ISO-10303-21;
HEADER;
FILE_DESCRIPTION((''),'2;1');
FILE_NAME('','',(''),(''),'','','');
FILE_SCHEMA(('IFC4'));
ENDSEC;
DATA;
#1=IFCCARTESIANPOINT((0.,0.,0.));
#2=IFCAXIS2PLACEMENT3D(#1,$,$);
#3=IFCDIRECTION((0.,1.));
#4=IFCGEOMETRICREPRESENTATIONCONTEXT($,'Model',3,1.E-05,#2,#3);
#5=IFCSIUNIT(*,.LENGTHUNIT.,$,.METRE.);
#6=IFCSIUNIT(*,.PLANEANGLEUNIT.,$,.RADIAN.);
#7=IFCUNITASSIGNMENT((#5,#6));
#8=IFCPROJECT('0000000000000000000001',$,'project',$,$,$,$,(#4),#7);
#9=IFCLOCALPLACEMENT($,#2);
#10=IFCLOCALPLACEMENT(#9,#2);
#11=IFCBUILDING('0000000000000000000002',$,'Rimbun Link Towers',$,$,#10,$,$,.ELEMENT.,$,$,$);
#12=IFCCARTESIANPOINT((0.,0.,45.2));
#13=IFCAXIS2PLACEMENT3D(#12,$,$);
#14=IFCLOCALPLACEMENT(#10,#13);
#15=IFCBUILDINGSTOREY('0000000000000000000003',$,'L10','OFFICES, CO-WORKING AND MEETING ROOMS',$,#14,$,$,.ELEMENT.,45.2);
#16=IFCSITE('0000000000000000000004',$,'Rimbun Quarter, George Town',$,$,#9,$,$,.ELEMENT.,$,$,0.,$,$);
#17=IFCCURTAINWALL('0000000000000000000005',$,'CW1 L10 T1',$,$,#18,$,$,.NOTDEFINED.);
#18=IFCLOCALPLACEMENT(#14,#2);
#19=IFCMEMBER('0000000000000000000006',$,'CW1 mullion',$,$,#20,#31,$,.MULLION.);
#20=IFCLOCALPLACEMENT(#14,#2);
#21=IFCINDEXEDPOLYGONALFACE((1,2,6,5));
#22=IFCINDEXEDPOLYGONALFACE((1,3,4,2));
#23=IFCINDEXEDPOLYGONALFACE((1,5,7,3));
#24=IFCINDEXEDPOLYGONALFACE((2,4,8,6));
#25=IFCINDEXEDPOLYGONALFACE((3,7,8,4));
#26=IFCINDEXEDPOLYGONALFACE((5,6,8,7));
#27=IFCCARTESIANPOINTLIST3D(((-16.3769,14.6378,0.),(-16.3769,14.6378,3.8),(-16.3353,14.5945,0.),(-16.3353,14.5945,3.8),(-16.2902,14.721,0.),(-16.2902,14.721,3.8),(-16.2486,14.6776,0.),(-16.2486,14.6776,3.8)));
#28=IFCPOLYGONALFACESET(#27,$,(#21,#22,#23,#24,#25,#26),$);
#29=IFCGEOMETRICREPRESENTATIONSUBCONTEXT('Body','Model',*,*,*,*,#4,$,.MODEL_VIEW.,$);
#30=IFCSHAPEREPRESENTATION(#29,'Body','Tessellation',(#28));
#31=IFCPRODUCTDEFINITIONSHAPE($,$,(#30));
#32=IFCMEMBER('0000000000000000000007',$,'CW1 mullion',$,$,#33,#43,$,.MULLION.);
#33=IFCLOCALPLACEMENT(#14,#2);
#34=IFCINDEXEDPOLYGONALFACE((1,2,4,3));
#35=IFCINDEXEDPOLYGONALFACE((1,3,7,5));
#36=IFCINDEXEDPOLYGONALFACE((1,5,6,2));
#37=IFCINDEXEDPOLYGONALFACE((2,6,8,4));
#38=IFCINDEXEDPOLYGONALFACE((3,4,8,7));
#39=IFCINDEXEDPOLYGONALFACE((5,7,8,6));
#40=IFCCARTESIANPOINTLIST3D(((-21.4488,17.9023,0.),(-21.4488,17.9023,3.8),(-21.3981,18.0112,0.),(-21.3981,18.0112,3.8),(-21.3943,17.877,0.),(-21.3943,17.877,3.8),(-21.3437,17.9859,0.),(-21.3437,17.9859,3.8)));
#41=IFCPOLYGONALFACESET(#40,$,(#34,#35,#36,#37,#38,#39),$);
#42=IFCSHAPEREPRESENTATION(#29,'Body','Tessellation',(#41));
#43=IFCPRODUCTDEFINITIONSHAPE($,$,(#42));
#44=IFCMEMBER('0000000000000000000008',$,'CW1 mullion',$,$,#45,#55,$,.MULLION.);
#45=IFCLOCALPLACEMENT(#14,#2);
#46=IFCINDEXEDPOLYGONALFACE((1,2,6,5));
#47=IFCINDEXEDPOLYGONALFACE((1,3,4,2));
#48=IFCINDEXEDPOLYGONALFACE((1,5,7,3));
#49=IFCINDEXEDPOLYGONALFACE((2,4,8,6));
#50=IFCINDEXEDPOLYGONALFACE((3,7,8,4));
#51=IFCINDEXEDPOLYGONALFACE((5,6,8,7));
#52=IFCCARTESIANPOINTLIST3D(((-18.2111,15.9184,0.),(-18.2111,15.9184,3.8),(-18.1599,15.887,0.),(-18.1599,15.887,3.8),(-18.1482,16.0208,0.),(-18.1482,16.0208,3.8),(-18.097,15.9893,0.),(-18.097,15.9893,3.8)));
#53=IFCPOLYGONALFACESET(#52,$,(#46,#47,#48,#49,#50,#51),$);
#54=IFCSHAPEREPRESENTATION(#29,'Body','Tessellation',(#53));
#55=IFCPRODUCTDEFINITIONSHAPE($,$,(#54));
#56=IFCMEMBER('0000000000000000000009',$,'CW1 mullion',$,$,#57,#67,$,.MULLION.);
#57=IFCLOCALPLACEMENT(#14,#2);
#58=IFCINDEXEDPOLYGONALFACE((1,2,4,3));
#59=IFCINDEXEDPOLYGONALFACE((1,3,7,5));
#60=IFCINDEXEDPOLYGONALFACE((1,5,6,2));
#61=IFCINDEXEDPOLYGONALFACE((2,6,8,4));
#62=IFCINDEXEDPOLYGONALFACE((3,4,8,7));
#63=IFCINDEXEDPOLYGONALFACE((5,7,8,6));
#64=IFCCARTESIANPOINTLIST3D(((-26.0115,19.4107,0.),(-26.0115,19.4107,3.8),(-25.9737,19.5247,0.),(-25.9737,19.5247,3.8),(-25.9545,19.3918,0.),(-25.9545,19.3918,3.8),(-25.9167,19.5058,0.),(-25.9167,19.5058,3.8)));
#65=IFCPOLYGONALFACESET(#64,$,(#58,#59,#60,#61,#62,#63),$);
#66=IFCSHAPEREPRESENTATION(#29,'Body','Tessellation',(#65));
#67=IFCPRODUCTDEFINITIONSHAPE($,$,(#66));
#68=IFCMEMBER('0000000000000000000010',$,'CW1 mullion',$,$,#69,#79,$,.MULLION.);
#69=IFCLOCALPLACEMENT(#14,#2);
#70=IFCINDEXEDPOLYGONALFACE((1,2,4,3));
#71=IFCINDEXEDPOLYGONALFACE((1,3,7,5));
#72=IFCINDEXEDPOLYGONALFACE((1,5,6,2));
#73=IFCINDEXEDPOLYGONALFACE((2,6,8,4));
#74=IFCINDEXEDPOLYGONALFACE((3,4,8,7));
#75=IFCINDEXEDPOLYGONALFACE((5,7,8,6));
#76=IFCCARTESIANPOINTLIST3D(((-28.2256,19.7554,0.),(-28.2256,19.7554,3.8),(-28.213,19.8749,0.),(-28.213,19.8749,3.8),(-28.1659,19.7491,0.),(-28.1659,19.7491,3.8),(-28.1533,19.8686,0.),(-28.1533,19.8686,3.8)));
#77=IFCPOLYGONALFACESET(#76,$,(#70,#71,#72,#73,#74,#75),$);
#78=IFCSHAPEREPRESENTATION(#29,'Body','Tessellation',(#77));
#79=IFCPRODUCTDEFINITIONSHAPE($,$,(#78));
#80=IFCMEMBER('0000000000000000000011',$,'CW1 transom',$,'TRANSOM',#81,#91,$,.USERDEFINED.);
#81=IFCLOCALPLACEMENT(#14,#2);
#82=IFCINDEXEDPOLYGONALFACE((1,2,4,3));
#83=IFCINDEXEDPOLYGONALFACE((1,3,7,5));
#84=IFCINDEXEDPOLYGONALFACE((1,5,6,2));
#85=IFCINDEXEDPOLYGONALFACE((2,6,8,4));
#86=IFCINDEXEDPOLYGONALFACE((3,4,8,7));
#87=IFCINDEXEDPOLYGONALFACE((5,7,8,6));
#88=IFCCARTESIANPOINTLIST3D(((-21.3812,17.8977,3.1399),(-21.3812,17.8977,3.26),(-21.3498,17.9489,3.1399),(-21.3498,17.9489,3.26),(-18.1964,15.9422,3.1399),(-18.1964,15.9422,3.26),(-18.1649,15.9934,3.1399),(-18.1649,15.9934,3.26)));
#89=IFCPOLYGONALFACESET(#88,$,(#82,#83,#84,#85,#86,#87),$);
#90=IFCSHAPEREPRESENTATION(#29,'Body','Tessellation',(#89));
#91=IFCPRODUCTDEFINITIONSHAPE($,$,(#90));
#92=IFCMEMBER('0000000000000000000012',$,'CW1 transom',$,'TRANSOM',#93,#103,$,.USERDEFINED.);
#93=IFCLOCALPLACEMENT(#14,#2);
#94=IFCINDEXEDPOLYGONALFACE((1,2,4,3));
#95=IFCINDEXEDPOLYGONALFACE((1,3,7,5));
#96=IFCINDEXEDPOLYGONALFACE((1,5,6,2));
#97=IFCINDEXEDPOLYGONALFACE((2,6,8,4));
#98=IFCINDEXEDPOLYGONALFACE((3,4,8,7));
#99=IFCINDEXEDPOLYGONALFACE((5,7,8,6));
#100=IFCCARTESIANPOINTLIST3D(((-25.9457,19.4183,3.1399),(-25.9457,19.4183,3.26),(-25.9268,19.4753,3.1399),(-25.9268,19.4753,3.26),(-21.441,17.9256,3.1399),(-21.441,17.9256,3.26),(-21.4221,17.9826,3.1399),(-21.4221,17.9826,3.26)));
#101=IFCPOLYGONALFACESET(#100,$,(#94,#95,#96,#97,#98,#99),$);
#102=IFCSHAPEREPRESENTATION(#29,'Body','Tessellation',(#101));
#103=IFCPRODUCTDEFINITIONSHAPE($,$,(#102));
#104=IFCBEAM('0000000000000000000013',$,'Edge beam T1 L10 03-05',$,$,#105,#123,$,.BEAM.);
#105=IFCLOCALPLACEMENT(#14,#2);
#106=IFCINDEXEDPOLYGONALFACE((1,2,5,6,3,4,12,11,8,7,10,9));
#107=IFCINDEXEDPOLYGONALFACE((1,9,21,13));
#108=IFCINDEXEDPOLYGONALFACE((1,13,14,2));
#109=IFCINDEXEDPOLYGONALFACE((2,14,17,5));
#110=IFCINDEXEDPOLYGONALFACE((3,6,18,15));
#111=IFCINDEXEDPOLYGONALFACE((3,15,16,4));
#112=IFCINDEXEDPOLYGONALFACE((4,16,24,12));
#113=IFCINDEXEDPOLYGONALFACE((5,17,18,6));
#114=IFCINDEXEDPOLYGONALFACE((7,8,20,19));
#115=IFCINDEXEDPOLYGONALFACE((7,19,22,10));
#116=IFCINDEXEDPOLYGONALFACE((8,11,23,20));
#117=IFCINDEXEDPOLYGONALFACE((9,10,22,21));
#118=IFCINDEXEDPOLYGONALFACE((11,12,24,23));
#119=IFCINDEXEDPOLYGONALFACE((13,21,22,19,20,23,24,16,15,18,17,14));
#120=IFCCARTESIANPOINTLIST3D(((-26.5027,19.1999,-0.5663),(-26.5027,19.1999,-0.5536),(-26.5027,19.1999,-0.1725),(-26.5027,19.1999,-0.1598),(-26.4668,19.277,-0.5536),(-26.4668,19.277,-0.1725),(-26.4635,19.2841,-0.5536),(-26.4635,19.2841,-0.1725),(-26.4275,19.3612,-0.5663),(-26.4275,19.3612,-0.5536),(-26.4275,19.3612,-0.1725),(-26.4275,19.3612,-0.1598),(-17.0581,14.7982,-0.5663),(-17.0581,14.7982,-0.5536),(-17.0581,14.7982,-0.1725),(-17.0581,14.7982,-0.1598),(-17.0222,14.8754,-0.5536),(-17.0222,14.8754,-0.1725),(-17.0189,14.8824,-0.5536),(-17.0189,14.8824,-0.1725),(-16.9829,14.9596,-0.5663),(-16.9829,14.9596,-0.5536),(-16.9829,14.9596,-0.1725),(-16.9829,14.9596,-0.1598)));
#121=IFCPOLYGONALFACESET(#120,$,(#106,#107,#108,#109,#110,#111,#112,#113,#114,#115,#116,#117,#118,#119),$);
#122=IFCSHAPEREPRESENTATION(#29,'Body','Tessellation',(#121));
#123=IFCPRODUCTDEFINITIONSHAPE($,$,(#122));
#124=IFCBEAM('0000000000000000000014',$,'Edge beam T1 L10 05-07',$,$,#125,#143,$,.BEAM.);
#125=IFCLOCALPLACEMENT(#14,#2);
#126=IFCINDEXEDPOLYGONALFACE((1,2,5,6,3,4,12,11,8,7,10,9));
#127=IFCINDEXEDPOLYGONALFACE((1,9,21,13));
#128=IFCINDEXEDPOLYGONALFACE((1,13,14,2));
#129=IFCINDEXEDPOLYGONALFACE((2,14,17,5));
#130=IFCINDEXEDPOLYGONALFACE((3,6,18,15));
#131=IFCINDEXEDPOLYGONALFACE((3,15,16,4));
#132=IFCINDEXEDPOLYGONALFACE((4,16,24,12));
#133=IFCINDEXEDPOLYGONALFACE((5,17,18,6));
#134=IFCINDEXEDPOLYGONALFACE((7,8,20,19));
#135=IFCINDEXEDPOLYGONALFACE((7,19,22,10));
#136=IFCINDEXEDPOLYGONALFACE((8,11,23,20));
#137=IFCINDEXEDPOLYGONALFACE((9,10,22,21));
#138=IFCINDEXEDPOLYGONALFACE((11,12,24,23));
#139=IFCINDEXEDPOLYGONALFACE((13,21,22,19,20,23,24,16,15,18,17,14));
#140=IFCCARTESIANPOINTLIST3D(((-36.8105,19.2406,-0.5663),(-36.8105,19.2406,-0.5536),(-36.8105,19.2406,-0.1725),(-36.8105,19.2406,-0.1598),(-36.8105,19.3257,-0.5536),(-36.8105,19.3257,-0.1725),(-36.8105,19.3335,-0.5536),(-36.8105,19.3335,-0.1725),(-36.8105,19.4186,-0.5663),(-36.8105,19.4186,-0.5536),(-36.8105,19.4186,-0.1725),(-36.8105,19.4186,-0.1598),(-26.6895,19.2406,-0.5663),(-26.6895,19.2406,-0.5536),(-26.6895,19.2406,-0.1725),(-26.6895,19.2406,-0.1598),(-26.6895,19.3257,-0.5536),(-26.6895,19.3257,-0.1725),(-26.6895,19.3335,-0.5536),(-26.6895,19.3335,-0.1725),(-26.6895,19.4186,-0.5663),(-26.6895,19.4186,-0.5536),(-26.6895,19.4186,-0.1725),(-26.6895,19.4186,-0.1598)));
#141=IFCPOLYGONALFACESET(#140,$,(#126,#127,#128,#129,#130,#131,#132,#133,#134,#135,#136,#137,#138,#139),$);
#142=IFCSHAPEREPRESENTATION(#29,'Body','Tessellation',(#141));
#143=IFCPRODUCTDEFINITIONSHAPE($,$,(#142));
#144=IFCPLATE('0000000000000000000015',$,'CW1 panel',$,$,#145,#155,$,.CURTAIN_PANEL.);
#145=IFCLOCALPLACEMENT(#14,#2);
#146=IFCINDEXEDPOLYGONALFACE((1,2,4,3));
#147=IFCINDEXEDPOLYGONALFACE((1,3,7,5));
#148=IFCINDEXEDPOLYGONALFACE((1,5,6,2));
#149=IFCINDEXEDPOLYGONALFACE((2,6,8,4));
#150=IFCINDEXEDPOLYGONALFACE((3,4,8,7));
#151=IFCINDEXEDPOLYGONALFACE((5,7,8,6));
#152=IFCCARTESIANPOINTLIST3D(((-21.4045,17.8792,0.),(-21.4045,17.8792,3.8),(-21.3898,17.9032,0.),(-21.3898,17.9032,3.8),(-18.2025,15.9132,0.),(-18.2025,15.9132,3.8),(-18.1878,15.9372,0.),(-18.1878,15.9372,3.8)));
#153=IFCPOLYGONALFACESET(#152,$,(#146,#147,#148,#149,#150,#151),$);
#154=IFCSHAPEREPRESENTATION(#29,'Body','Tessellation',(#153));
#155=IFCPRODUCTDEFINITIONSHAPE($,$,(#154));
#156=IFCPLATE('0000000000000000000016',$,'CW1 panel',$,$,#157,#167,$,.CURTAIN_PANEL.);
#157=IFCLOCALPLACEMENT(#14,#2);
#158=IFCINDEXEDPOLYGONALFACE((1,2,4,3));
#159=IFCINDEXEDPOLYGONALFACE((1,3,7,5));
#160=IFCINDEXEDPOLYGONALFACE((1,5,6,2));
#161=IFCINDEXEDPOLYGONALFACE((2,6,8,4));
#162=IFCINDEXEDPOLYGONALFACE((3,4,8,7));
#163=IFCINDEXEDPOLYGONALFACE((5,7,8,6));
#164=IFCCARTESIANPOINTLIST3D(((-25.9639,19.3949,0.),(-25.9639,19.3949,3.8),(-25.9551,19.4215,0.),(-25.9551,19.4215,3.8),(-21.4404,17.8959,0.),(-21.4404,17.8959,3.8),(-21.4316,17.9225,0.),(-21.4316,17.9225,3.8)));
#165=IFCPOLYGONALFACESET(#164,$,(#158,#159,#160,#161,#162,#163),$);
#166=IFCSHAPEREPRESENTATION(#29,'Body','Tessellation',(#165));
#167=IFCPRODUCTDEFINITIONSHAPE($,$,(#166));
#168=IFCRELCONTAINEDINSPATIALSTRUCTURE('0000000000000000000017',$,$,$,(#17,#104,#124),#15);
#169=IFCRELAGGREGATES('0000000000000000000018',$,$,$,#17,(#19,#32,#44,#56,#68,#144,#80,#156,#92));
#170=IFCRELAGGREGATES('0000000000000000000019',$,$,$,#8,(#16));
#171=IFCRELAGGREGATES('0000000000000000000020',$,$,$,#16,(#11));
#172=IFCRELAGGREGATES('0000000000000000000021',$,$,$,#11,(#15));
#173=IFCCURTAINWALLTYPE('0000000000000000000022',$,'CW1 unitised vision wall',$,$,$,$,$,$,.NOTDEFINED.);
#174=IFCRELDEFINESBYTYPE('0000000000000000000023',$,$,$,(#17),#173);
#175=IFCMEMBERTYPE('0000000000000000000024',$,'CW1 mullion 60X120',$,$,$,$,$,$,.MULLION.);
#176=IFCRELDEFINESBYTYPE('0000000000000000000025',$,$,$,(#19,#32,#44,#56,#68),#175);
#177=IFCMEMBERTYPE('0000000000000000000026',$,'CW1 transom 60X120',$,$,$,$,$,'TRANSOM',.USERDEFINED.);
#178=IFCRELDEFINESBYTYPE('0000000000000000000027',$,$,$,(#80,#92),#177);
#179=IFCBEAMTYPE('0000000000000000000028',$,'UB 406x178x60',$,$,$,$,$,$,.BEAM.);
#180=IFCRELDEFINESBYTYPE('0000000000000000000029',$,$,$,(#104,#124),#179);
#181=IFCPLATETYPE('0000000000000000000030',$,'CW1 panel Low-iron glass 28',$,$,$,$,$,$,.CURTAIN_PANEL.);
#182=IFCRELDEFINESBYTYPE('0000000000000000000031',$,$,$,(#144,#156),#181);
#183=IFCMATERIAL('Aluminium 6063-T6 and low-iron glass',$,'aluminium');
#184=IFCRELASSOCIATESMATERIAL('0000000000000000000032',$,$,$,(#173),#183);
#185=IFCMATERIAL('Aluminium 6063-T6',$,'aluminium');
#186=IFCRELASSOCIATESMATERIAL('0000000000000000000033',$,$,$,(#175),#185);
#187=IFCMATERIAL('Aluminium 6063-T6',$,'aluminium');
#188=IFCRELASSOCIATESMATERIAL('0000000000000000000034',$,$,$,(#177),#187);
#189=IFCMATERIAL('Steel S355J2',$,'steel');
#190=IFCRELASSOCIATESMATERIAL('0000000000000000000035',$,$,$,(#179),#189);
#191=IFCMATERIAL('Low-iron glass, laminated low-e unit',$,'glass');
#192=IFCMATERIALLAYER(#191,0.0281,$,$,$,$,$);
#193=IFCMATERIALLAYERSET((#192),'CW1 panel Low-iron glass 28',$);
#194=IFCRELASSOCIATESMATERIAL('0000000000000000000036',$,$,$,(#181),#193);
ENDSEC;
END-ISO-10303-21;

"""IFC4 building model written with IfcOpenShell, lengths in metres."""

from ifc_helpers import new_model, si_unit, direction, frame, origin, origin_2d, place, context, subcontext, project, spatial, rectangle, i_section, extrude, material, layer, layer_set, material_profile, profile_set, type_object, element, aggregate, save


model = new_model("IFC4")

# Units and contexts
model_context = context("Model", 3, precision=1e-05, world=origin(), true_north=direction((0.0, 1.0)))
body_context = subcontext(model_context, "Body", "Model", "MODEL_VIEW")
ifc_project = project(units=[si_unit("LENGTHUNIT", "METRE"), si_unit("PLANEANGLEUNIT", "RADIAN")], contexts=[model_context])

# Site, building, storey
site_placement = place(None, origin())
site = spatial("IfcSite", under=ifc_project, at=site_placement, Name="Rimbun Quarter, George Town", CompositionType="ELEMENT", RefElevation=0.0)
building_placement = place(site_placement, origin())
building = spatial("IfcBuilding", under=site, at=building_placement, Name="Rimbun Link Towers", CompositionType="ELEMENT")
storey_placement = place(building_placement, frame((0.0, 0.0, 45.2)))
storey = spatial("IfcBuildingStorey", under=building, at=storey_placement, Name="L10", Description="OFFICES, CO-WORKING AND MEETING ROOMS", CompositionType="ELEMENT", Elevation=45.2)

# Curtain wall, members
ifc_material_1 = material(Name="Aluminium 6063-T6 and low-iron glass", Category="aluminium")
curtain_wall_type = type_object("IfcCurtainWallType", Name="CW1 unitised vision wall", PredefinedType="NOTDEFINED", material=ifc_material_1)
curtain_wall_placement = place(storey_placement, origin())
curtain_wall = element("IfcCurtainWall", 1, at=curtain_wall_placement, inside=storey, type_object=curtain_wall_type, Name="CW1 L10 T1", PredefinedType="NOTDEFINED")
ifc_material_2 = material(Name="Aluminium 6063-T6", Category="aluminium")
ifc_material_profile_1 = material_profile(ifc_material_2, rectangle(XDim=0.1201, YDim=0.0601, at=origin_2d()), Name="MULLION 60X120")
ifc_profile_set_1 = profile_set([ifc_material_profile_1], Name="Aluminium 6063-T6")
member_type_1 = type_object("IfcMemberType", Name="CW1 mullion 60X120", PredefinedType="MULLION", material=ifc_profile_set_1)
member_1_placement = place(storey_placement, frame((-16.3127, 14.6577, 0.0), z_axis=(0.0, 0.0, 1.0), x_axis=(0.721848, 0.692052, 0.0)))
member_1 = element("IfcMember", 2, at=member_1_placement, type_object=member_type_1, Name="CW1 mullion", PredefinedType="MULLION", context=body_context, shape_type="SweptSolid", body=[
    extrude(rectangle(XDim=0.1201, YDim=0.0601, at=origin_2d()), origin(), (0.0, 0.0, 1.0), 3.8),
])
member_2_placement = place(storey_placement, frame((-21.3962, 17.9441, 0.0), z_axis=(0.0, 0.0, 1.0), x_axis=(0.421701, 0.906735, 0.0)))
member_2 = element("IfcMember", 3, at=member_2_placement, type_object=member_type_1, Name="CW1 mullion", PredefinedType="MULLION", context=body_context, shape_type="SweptSolid", body=[
    extrude(rectangle(XDim=0.1201, YDim=0.0601, at=origin_2d()), origin(), (0.0, 0.0, 1.0), 3.8),
])
member_3_placement = place(storey_placement, frame((-18.1541, 15.9539, 0.0), z_axis=(0.0, 0.0, 1.0), x_axis=(0.523241, 0.852185, 0.0)))
member_3 = element("IfcMember", 4, at=member_3_placement, type_object=member_type_1, Name="CW1 mullion", PredefinedType="MULLION", context=body_context, shape_type="SweptSolid", body=[
    extrude(rectangle(XDim=0.1201, YDim=0.0601, at=origin_2d()), origin(), (0.0, 0.0, 1.0), 3.8),
])
member_4_placement = place(storey_placement, frame((-25.9641, 19.4583, 0.0), z_axis=(0.0, 0.0, 1.0), x_axis=(0.314558, 0.949238, 0.0)))
member_4 = element("IfcMember", 5, at=member_4_placement, type_object=member_type_1, Name="CW1 mullion", PredefinedType="MULLION", context=body_context, shape_type="SweptSolid", body=[
    extrude(rectangle(XDim=0.1201, YDim=0.0601, at=origin_2d()), origin(), (0.0, 0.0, 1.0), 3.8),
])
member_5_placement = place(storey_placement, frame((-28.1895, 19.812, 0.0), z_axis=(0.0, 0.0, 1.0), x_axis=(0.104742, 0.994499, 0.0)))
member_5 = element("IfcMember", 6, at=member_5_placement, type_object=member_type_1, Name="CW1 mullion", PredefinedType="MULLION", context=body_context, shape_type="SweptSolid", body=[
    extrude(rectangle(XDim=0.1201, YDim=0.0601, at=origin_2d()), origin(), (0.0, 0.0, 1.0), 3.8),
])
ifc_material_3 = material(Name="Aluminium 6063-T6", Category="aluminium")
ifc_material_profile_2 = material_profile(ifc_material_3, rectangle(XDim=0.0601, YDim=0.1201, at=origin_2d()), Name="TRANSOM 60X120")
ifc_profile_set_2 = profile_set([ifc_material_profile_2], Name="Aluminium 6063-T6")
member_type_2 = type_object("IfcMemberType", Name="CW1 transom 60X120", ElementType="TRANSOM", PredefinedType="USERDEFINED", material=ifc_profile_set_2)
member_6_placement = place(storey_placement, frame((-21.3655, 17.9233, 3.2), z_axis=(0.852174, -0.523259, 0.0), x_axis=(0.523259, 0.852174, 0.0)))
member_6 = element("IfcMember", 7, at=member_6_placement, type_object=member_type_2, Name="CW1 transom", ObjectType="TRANSOM", PredefinedType="USERDEFINED", context=body_context, shape_type="SweptSolid", body=[
    extrude(rectangle(XDim=0.0601, YDim=0.1201, at=origin_2d()), origin(), (0.0, 0.0, 1.0), 3.7373),
])
member_7_placement = place(storey_placement, frame((-25.9363, 19.4468, 3.2), z_axis=(0.949243, -0.314545, 0.0), x_axis=(0.314545, 0.949243, 0.0)))
member_7 = element("IfcMember", 8, at=member_7_placement, type_object=member_type_2, Name="CW1 transom", ObjectType="TRANSOM", PredefinedType="USERDEFINED", context=body_context, shape_type="SweptSolid", body=[
    extrude(rectangle(XDim=0.0601, YDim=0.1201, at=origin_2d()), origin(), (0.0, 0.0, 1.0), 4.7456),
])

# Beams
ifc_material_4 = material(Name="Steel S355J2", Category="steel")
ifc_material_profile_3 = material_profile(ifc_material_4, i_section(OverallWidth=0.178, OverallDepth=0.4065, WebThickness=0.0078, FlangeThickness=0.0127, at=origin_2d()), Name="UB 406x178x60")
ifc_profile_set_3 = profile_set([ifc_material_profile_3], Name="Steel S355J2")
beam_type = type_object("IfcBeamType", Name="UB 406x178x60", PredefinedType="BEAM", material=ifc_profile_set_3)
beam_1_placement = place(storey_placement, frame((-17.0205, 14.8789, -0.363), z_axis=(-0.906399, 0.422424, 0.0), x_axis=(-0.422424, -0.906399, 0.0)))
element("IfcBeam", 9, at=beam_1_placement, inside=storey, type_object=beam_type, Name="Edge beam T1 L10 03-05", PredefinedType="BEAM", context=body_context, shape_type="SweptSolid", body=[
    extrude(i_section(OverallWidth=0.178, OverallDepth=0.4065, WebThickness=0.0078, FlangeThickness=0.0127, at=origin_2d()), origin(), (0.0, 0.0, 1.0), 10.4199),
])
beam_2_placement = place(storey_placement, frame((-26.6895, 19.3296, -0.363), z_axis=(-1.0, 0.0, 0.0), x_axis=(0.0, -1.0, 0.0)))
element("IfcBeam", 10, at=beam_2_placement, inside=storey, type_object=beam_type, Name="Edge beam T1 L10 05-07", PredefinedType="BEAM", context=body_context, shape_type="SweptSolid", body=[
    extrude(i_section(OverallWidth=0.178, OverallDepth=0.4065, WebThickness=0.0078, FlangeThickness=0.0127, at=origin_2d()), origin(), (0.0, 0.0, 1.0), 10.1211),
])

# Plates
ifc_material_5 = material(Name="Low-iron glass, laminated low-e unit", Category="glass")
ifc_layer = layer(ifc_material_5, 0.0281)
ifc_layer_set = layer_set([ifc_layer], Name="CW1 panel Low-iron glass 28")
plate_type = type_object("IfcPlateType", Name="CW1 panel Low-iron glass 28", PredefinedType="CURTAIN_PANEL", material=ifc_layer_set)
plate_1_placement = place(storey_placement, frame((-19.7961, 16.9082, 0.0), z_axis=(0.0, 0.0, 1.0), x_axis=(0.852185, -0.523241, 0.0)))
plate_1 = element("IfcPlate", 11, at=plate_1_placement, type_object=plate_type, Name="CW1 panel", PredefinedType="CURTAIN_PANEL", context=body_context, shape_type="SweptSolid", body=[
    extrude(rectangle(XDim=3.7573, YDim=0.0281, at=origin_2d()), origin(), (0.0, 0.0, 1.0), 3.8),
])
plate_2_placement = place(storey_placement, frame((-23.6978, 18.6587, 0.0), z_axis=(0.0, 0.0, 1.0), x_axis=(0.949238, -0.314558, 0.0)))
plate_2 = element("IfcPlate", 12, at=plate_2_placement, type_object=plate_type, Name="CW1 panel", PredefinedType="CURTAIN_PANEL", context=body_context, shape_type="SweptSolid", body=[
    extrude(rectangle(XDim=4.7654, YDim=0.0281, at=origin_2d()), origin(), (0.0, 0.0, 1.0), 3.8),
])
aggregate(curtain_wall, [member_1, member_2, member_3, member_4, member_5, plate_1, member_6, plate_2, member_7])

save(model, "model.ifc")
